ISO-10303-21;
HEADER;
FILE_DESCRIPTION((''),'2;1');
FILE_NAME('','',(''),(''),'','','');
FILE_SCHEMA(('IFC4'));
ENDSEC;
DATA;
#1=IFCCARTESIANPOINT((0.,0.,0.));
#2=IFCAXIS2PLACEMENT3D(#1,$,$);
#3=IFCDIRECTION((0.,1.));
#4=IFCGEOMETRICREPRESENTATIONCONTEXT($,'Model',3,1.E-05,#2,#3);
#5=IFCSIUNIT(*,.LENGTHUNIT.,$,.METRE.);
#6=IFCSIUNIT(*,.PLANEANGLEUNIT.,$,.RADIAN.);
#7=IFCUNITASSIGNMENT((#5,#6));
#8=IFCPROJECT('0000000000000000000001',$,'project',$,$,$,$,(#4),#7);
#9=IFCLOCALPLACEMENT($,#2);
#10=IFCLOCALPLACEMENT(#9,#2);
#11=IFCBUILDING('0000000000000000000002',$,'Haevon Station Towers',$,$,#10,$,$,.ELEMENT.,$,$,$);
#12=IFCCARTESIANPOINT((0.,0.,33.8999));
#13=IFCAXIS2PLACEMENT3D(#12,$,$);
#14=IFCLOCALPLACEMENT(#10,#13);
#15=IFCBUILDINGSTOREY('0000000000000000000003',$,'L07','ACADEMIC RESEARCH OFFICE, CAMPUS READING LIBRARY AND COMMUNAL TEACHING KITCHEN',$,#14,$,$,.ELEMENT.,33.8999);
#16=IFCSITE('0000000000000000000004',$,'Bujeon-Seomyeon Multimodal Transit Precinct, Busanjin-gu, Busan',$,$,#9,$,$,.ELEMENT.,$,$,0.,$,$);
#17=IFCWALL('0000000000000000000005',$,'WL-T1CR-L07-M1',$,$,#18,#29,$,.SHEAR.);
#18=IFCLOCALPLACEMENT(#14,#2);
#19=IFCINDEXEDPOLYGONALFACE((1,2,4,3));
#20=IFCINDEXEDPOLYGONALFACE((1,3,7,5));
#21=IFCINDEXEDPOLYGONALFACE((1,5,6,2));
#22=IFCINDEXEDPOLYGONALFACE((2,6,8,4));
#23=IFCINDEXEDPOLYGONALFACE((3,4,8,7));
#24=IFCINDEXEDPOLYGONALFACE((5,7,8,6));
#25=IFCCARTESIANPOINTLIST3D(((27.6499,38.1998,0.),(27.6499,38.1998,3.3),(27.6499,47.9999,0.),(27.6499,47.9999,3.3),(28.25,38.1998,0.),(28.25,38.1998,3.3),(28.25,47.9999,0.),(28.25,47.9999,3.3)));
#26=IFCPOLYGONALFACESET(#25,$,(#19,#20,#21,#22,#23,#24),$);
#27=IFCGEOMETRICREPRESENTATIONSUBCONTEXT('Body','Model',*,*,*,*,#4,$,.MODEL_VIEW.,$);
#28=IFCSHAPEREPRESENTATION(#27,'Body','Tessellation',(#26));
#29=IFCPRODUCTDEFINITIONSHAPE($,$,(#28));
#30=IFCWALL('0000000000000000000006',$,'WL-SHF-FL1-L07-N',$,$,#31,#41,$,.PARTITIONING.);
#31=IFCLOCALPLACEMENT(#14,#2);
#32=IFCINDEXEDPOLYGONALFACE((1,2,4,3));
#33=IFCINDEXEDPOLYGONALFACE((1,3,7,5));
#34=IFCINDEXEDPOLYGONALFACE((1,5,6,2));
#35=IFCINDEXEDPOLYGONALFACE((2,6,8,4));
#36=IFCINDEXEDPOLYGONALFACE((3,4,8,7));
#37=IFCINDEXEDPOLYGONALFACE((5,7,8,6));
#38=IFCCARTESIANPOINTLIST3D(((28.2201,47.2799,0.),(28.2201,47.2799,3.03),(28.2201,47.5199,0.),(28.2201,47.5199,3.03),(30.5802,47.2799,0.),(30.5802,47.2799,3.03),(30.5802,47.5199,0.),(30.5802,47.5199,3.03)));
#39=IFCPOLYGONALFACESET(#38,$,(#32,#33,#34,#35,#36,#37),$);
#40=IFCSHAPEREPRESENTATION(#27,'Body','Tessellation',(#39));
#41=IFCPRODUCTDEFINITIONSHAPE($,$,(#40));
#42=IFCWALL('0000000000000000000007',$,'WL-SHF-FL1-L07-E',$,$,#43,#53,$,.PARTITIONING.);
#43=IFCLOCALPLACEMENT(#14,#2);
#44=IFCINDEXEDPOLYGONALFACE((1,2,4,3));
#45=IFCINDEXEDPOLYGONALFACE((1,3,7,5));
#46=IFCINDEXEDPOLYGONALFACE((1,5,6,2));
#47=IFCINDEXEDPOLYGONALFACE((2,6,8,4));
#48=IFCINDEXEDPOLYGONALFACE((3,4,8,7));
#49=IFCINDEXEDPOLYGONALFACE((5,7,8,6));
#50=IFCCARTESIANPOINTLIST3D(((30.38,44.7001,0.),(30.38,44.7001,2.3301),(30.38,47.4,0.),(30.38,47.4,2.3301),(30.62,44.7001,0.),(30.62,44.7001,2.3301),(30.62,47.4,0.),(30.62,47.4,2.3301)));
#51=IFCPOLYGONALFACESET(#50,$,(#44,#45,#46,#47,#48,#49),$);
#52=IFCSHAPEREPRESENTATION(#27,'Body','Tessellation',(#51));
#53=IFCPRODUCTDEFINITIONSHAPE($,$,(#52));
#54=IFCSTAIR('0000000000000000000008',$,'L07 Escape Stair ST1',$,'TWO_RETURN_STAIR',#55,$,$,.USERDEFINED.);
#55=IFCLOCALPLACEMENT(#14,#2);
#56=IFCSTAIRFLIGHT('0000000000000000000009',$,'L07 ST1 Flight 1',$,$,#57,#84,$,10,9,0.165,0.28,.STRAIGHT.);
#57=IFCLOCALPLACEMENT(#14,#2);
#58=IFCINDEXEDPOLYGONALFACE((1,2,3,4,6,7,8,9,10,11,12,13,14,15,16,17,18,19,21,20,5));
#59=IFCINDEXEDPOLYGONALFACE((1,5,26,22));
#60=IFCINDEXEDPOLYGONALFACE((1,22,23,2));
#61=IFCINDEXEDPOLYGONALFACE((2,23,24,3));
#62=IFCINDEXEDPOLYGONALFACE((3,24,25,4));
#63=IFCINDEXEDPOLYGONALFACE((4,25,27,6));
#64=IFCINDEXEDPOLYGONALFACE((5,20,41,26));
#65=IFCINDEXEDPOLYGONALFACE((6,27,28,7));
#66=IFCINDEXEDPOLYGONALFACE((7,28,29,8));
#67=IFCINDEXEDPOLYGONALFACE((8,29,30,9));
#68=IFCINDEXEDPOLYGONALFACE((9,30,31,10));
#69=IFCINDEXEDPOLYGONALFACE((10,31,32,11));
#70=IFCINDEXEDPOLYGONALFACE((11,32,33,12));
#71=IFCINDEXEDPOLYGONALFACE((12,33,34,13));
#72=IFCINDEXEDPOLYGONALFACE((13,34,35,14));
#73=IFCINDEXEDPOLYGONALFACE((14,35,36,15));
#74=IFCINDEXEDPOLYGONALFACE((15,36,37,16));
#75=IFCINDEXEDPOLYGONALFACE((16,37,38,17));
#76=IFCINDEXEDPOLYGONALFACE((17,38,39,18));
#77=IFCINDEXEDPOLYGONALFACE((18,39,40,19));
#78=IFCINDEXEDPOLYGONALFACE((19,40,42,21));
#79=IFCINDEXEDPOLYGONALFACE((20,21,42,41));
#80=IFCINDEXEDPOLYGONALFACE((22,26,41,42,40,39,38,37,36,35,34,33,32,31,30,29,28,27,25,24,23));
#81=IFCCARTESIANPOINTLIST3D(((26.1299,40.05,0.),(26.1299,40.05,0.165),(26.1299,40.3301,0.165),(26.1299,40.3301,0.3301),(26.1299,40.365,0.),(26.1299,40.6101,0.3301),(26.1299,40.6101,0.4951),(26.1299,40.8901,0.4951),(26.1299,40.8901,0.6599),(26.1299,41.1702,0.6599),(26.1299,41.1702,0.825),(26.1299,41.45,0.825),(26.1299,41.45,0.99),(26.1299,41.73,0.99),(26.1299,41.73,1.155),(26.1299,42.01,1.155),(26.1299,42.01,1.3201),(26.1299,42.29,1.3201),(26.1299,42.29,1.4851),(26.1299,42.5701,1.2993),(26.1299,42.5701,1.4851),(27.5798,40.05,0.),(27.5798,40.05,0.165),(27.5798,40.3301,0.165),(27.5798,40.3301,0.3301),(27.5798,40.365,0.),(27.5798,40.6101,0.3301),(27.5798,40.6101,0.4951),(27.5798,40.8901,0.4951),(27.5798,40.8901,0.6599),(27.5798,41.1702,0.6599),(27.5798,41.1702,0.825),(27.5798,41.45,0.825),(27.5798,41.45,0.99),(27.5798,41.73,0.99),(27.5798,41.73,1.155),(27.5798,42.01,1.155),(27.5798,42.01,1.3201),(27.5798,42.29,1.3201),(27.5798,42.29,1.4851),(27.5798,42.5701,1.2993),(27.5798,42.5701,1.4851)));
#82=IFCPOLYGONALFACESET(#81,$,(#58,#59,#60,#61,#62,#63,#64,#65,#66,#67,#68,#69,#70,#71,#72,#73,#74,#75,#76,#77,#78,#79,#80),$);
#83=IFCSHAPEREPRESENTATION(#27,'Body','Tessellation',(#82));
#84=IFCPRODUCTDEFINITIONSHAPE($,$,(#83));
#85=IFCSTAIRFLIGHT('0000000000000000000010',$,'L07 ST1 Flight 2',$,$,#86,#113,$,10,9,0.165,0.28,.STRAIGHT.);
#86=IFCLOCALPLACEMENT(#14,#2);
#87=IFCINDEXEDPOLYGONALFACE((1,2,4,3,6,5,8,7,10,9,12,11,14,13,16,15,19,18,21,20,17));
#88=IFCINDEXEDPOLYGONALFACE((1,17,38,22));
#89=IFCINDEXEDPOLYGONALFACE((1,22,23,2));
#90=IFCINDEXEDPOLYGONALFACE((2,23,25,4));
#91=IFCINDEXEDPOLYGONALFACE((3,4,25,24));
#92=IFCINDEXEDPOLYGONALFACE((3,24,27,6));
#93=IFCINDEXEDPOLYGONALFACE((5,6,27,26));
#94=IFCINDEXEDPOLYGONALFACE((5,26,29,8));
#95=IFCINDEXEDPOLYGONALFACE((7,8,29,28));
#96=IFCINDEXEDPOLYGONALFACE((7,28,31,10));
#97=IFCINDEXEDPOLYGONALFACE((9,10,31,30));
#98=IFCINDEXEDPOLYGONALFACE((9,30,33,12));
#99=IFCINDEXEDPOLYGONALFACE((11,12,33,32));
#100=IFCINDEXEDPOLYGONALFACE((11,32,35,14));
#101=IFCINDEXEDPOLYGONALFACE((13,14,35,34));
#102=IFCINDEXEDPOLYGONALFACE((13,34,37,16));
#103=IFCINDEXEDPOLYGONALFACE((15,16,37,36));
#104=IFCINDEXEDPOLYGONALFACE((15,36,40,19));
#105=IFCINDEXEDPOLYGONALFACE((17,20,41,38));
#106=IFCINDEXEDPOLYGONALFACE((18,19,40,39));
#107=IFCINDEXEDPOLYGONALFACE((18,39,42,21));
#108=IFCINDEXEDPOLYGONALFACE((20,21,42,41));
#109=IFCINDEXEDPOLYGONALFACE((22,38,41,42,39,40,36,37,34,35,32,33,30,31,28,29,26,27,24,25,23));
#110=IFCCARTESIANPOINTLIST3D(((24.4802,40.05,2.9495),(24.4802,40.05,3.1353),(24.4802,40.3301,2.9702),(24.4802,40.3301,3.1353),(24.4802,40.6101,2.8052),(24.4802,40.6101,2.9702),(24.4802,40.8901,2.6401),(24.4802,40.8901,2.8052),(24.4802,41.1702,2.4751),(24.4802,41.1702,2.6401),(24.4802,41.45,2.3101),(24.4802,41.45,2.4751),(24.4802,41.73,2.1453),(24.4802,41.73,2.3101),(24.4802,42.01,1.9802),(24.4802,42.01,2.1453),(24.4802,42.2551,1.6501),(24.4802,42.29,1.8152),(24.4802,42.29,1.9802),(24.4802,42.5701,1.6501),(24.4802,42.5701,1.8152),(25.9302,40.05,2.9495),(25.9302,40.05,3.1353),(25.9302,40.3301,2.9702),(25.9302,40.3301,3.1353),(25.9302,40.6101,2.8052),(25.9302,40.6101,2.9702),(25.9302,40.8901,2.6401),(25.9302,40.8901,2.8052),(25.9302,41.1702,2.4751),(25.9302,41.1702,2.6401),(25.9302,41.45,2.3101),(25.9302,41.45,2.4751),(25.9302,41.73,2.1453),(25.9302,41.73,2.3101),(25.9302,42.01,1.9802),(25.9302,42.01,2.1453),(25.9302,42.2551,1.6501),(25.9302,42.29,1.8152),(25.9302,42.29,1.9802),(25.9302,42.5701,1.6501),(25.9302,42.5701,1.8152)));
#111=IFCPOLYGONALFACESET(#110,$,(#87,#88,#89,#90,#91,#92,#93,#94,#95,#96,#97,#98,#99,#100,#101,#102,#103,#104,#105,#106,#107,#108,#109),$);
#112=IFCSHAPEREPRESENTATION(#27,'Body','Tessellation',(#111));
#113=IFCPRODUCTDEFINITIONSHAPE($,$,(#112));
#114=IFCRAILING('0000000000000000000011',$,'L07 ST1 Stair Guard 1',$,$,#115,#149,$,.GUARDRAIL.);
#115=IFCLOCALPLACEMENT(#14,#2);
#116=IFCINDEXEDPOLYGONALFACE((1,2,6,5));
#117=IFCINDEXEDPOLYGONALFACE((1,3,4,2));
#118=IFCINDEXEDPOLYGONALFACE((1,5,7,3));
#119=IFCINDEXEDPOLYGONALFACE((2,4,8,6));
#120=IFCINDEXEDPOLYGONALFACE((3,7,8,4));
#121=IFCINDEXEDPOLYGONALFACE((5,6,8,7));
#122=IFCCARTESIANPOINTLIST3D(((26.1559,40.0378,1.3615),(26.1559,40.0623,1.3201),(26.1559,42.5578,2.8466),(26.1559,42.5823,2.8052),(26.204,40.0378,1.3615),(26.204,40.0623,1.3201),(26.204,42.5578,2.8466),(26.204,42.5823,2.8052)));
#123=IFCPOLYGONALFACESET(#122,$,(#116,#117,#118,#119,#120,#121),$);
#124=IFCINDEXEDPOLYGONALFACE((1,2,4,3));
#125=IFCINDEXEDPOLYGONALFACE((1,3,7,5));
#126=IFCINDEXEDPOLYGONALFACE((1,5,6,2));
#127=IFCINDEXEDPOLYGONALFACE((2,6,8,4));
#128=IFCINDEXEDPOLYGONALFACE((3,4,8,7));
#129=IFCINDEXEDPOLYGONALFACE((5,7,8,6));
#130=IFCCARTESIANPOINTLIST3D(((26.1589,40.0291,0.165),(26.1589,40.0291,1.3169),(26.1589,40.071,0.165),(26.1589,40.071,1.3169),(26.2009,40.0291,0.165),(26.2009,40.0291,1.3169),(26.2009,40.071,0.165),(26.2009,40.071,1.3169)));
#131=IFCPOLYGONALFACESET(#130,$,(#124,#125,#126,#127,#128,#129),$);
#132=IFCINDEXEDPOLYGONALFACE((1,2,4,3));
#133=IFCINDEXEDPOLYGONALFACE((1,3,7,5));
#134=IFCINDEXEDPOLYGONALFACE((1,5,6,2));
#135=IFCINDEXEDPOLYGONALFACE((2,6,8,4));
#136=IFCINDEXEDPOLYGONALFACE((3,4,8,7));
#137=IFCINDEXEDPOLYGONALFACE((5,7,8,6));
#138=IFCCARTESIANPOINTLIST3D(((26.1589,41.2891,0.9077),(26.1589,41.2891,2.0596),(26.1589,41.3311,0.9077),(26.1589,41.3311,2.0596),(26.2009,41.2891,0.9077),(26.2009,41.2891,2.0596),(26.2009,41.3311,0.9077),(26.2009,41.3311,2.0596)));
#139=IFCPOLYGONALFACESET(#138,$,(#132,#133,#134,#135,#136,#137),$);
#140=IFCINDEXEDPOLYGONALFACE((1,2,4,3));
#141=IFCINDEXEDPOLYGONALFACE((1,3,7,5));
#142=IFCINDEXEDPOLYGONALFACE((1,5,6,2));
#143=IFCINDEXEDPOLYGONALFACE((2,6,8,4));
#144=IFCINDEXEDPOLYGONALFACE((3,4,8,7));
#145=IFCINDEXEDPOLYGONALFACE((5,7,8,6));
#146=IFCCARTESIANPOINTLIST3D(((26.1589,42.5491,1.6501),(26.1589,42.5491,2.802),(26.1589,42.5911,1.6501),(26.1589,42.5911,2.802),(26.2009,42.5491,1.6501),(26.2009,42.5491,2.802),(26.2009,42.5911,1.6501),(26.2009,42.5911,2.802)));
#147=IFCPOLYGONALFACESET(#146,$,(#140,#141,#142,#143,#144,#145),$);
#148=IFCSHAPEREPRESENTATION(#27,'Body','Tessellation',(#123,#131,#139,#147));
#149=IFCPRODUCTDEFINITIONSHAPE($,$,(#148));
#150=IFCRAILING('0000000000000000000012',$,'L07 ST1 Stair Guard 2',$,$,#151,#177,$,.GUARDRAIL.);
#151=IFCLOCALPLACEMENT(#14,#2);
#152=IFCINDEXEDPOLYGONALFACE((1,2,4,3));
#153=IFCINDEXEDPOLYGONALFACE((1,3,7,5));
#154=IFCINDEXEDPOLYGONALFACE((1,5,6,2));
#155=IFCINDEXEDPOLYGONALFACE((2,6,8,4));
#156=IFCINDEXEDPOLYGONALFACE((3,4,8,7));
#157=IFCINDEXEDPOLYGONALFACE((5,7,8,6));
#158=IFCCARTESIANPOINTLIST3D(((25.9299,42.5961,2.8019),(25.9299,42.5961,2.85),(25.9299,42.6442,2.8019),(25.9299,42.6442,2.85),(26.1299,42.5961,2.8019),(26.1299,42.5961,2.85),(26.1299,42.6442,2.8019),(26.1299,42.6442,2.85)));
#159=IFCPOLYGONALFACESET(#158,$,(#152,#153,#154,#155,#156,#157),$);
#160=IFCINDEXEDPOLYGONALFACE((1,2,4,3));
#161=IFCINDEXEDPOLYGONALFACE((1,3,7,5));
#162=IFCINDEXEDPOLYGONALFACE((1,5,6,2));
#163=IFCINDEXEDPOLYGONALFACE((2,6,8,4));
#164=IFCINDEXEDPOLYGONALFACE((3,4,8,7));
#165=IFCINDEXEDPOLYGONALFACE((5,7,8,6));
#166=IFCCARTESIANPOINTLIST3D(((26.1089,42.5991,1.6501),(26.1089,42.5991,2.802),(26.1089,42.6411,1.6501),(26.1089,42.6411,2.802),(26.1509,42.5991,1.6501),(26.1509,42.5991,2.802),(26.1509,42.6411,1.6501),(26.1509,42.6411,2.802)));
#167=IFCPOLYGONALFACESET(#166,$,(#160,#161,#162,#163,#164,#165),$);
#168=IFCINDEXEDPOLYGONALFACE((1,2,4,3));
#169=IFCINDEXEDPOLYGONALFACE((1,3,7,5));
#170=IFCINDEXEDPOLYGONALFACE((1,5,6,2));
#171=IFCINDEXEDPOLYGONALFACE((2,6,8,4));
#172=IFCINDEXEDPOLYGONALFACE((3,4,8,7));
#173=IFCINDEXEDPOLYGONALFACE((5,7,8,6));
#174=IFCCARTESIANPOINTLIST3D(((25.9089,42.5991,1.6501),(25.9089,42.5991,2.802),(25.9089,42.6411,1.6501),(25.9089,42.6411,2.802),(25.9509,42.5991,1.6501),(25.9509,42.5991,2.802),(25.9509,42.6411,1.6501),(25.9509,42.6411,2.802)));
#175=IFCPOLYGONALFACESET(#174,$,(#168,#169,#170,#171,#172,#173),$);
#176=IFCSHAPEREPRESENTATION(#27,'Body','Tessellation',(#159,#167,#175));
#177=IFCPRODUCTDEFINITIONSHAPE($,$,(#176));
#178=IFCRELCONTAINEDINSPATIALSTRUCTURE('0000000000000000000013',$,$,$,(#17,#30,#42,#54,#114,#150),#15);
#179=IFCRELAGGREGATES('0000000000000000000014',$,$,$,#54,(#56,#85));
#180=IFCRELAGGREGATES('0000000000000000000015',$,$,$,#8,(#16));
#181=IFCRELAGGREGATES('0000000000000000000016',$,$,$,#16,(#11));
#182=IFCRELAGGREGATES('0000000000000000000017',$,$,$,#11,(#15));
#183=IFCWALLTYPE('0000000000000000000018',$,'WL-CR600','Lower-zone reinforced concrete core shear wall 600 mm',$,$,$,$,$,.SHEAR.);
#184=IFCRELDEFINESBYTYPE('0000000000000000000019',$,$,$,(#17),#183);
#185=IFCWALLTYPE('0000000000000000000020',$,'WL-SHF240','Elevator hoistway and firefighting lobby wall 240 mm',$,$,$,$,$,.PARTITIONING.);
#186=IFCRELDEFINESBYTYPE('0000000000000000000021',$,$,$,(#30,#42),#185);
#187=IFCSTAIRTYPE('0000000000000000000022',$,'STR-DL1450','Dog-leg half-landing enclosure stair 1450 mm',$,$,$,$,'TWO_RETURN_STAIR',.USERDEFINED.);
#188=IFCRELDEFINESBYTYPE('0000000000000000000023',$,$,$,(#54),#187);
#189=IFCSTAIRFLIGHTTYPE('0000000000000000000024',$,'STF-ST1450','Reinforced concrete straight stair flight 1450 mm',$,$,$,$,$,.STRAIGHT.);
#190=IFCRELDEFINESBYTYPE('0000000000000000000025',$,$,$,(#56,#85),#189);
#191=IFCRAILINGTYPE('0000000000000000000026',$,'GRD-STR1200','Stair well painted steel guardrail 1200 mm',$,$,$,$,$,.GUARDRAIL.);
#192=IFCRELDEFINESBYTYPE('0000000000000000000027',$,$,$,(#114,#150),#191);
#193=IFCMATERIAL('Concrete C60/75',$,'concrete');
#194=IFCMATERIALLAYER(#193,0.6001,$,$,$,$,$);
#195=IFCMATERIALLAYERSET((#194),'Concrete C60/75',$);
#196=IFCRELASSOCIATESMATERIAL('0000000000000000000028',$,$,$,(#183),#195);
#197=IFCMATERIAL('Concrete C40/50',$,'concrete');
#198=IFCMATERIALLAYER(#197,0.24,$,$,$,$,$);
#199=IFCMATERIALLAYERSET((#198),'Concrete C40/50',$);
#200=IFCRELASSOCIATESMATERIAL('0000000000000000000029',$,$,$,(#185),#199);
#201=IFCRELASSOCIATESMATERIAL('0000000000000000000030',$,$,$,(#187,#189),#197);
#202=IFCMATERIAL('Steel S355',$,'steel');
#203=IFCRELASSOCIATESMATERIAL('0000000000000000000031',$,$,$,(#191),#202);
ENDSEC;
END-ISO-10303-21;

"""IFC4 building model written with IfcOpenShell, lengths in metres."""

from ifc_helpers import new_model, si_unit, direction, frame, frame_2d, origin, origin_2d, place, context, subcontext, project, spatial, polyline, rectangle, outline, extrude, material, layer, layer_set, type_object, element, aggregate, save


model = new_model("IFC4")

# Units and contexts
model_context = context("Model", 3, precision=1e-05, world=origin(), true_north=direction((0.0, 1.0)))
body_context = subcontext(model_context, "Body", "Model", "MODEL_VIEW")
ifc_project = project(units=[si_unit("LENGTHUNIT", "METRE"), si_unit("PLANEANGLEUNIT", "RADIAN")], contexts=[model_context])

# Site, building, storey
site_placement = place(None, origin())
site = spatial("IfcSite", under=ifc_project, at=site_placement, Name="Bujeon-Seomyeon Multimodal Transit Precinct, Busanjin-gu, Busan", CompositionType="ELEMENT", RefElevation=0.0)
building_placement = place(site_placement, origin())
building = spatial("IfcBuilding", under=site, at=building_placement, Name="Haevon Station Towers", CompositionType="ELEMENT")
storey_placement = place(building_placement, frame((0.0, 0.0, 33.8999)))
storey = spatial("IfcBuildingStorey", under=building, at=storey_placement, Name="L07", Description="ACADEMIC RESEARCH OFFICE, CAMPUS READING LIBRARY AND COMMUNAL TEACHING KITCHEN", CompositionType="ELEMENT", Elevation=33.8999)

# Shared definitions
ifc_material_1 = material(Name="Steel S355", Category="steel")

# Wall
ifc_material_2 = material(Name="Concrete C60/75", Category="concrete")
ifc_layer_1 = layer(ifc_material_2, 0.6001)
ifc_layer_set_1 = layer_set([ifc_layer_1], Name="Concrete C60/75")
wall_type_1 = type_object("IfcWallType", Name="WL-CR600", Description="Lower-zone reinforced concrete core shear wall 600 mm", PredefinedType="SHEAR", material=ifc_layer_set_1)
wall_1_placement = place(storey_placement, frame((27.95, 38.2, 0.0), z_axis=(0.0, 0.0, 1.0), x_axis=(0.0, 1.0, 0.0)))
element("IfcWall", 1, at=wall_1_placement, inside=storey, type_object=wall_type_1, Name="WL-T1CR-L07-M1", PredefinedType="SHEAR", context=body_context, shape_type="SweptSolid", body=[
    extrude(rectangle(XDim=9.8, YDim=0.6001, at=frame_2d((4.8999, 0.0))), origin(), (0.0, 0.0, 1.0), 3.3),
])

# Shared definitions
ifc_material_3 = material(Name="Concrete C40/50", Category="concrete")
ifc_layer_2 = layer(ifc_material_3, 0.24)
ifc_layer_set_2 = layer_set([ifc_layer_2], Name="Concrete C40/50")
wall_type_2 = type_object("IfcWallType", Name="WL-SHF240", Description="Elevator hoistway and firefighting lobby wall 240 mm", PredefinedType="PARTITIONING", material=ifc_layer_set_2)

# Walls
wall_2_placement = place(storey_placement, frame((28.22, 47.3999, 0.0), z_axis=(0.0, 0.0, 1.0), x_axis=(1.0, 0.0, 0.0)))
element("IfcWall", 2, at=wall_2_placement, inside=storey, type_object=wall_type_2, Name="WL-SHF-FL1-L07-N", PredefinedType="PARTITIONING", context=body_context, shape_type="SweptSolid", body=[
    extrude(rectangle(XDim=2.3601, YDim=0.24, at=frame_2d((1.1802, 0.0))), origin(), (0.0, 0.0, 1.0), 3.03),
])
wall_3_placement = place(storey_placement, frame((30.5, 44.7, 0.0), z_axis=(0.0, 0.0, 1.0), x_axis=(0.0, 1.0, 0.0)))
element("IfcWall", 3, at=wall_3_placement, inside=storey, type_object=wall_type_2, Name="WL-SHF-FL1-L07-E", PredefinedType="PARTITIONING", context=body_context, shape_type="SweptSolid", body=[
    extrude(rectangle(XDim=2.7, YDim=0.24, at=frame_2d((1.3501, 0.0))), origin(), (0.0, 0.0, 1.0), 2.3301),
])

# Stair, stair flights
stair_type = type_object("IfcStairType", Name="STR-DL1450", Description="Dog-leg half-landing enclosure stair 1450 mm", ElementType="TWO_RETURN_STAIR", PredefinedType="USERDEFINED", material=ifc_material_3)
stair_placement = place(storey_placement, origin())
stair = element("IfcStair", 4, at=stair_placement, inside=storey, type_object=stair_type, Name="L07 Escape Stair ST1", ObjectType="TWO_RETURN_STAIR", PredefinedType="USERDEFINED")
stair_flight_type = type_object("IfcStairFlightType", Name="STF-ST1450", Description="Reinforced concrete straight stair flight 1450 mm", PredefinedType="STRAIGHT", material=ifc_material_3)
stair_flight_1_placement = place(storey_placement, frame((26.855, 40.05, 0.0), z_axis=(0.0, 0.0, 1.0), x_axis=(0.0, 1.0, 0.0)))
stair_flight_1 = element("IfcStairFlight", 5, at=stair_flight_1_placement, type_object=stair_flight_type, Name="L07 ST1 Flight 1", NumberOfRisers=10, NumberOfTreads=9, PredefinedType="STRAIGHT", RiserHeight=0.165, TreadLength=0.28, context=body_context, shape_type="SweptSolid", body=[
    extrude(outline(polyline([(0.0, 0.0), (0.0, 0.165), (0.28, 0.165), (0.28, 0.3301), (0.5601, 0.3301), (0.5601, 0.4951), (0.8401, 0.4951), (0.8401, 0.6599), (1.1201, 0.6599), (1.1201, 0.825), (1.3999, 0.825), (1.3999, 0.99), (1.6799, 0.99), (1.6799, 1.155), (1.96, 1.155), (1.96, 1.3201), (2.24, 1.3201), (2.24, 1.4851), (2.52, 1.4851), (2.52, 1.6499), (2.52, 1.2993), (0.3149, 0.0), (0.0, 0.0)])), frame((0.0, 0.7251, 0.0), z_axis=(0.0, -1.0, 0.0), x_axis=(1.0, 0.0, 0.0)), (0.0, 0.0, 1.0), 1.45),
])
stair_flight_2_placement = place(storey_placement, frame((25.2051, 42.5701, 1.6501), z_axis=(0.0, 0.0, 1.0), x_axis=(0.0, -1.0, 0.0)))
stair_flight_2 = element("IfcStairFlight", 6, at=stair_flight_2_placement, type_object=stair_flight_type, Name="L07 ST1 Flight 2", NumberOfRisers=10, NumberOfTreads=9, PredefinedType="STRAIGHT", RiserHeight=0.165, TreadLength=0.28, context=body_context, shape_type="SweptSolid", body=[
    extrude(outline(polyline([(0.0, 0.0), (0.0, 0.165), (0.28, 0.165), (0.28, 0.3301), (0.5601, 0.3301), (0.5601, 0.4951), (0.8401, 0.4951), (0.8401, 0.6599), (1.1201, 0.6599), (1.1201, 0.825), (1.3999, 0.825), (1.3999, 0.99), (1.6799, 0.99), (1.6799, 1.155), (1.96, 1.155), (1.96, 1.3201), (2.24, 1.3201), (2.24, 1.4851), (2.52, 1.4851), (2.52, 1.6499), (2.52, 1.2993), (0.3149, 0.0), (0.0, 0.0)])), frame((0.0, 0.7251, 0.0), z_axis=(0.0, -1.0, 0.0), x_axis=(1.0, 0.0, 0.0)), (0.0, 0.0, 1.0), 1.45),
])
aggregate(stair, [stair_flight_1, stair_flight_2])

# Railings
railing_type_1 = type_object("IfcRailingType", Name="GRD-STR1200", Description="Stair well painted steel guardrail 1200 mm", PredefinedType="GUARDRAIL", material=ifc_material_1)
railing_1_placement = place(storey_placement, frame((26.1799, 40.05, 0.165)))
element("IfcRailing", 7, at=railing_1_placement, inside=storey, type_object=railing_type_1, Name="L07 ST1 Stair Guard 1", PredefinedType="GUARDRAIL", context=body_context, shape_type="SweptSolid", body=[
    extrude(rectangle(XDim=0.0481, YDim=0.0481, at=origin_2d()), frame((0.0, 0.0, 1.1758), z_axis=(0.0, 0.861524, 0.507717), x_axis=(-1.0, 0.0, 0.0)), (0.0, 0.0, 1.0), 2.925),
    extrude(rectangle(XDim=0.042, YDim=0.042, at=origin_2d()), origin(), (0.0, 0.0, 1.0), 1.1519),
    extrude(rectangle(XDim=0.042, YDim=0.042, at=origin_2d()), frame((0.0, 1.26, 0.7427)), (0.0, 0.0, 1.0), 1.1519),
    extrude(rectangle(XDim=0.042, YDim=0.042, at=origin_2d()), frame((0.0, 2.52, 1.4851)), (0.0, 0.0, 1.0), 1.1519),
])
railing_2_placement = place(storey_placement, frame((26.1299, 42.6201, 1.6501)))
element("IfcRailing", 8, at=railing_2_placement, inside=storey, type_object=railing_type_1, Name="L07 ST1 Stair Guard 2", PredefinedType="GUARDRAIL", context=body_context, shape_type="SweptSolid", body=[
    extrude(rectangle(XDim=0.0481, YDim=0.0481, at=origin_2d()), frame((0.0, 0.0, 1.1758), z_axis=(-1.0, 0.0, 0.0), x_axis=(0.0, -1.0, 0.0)), (0.0, 0.0, 1.0), 0.2),
    extrude(rectangle(XDim=0.042, YDim=0.042, at=origin_2d()), origin(), (0.0, 0.0, 1.0), 1.1519),
    extrude(rectangle(XDim=0.042, YDim=0.042, at=origin_2d()), frame((-0.2, 0.0, 0.0)), (0.0, 0.0, 1.0), 1.1519),
])

save(model, "model.ifc")
